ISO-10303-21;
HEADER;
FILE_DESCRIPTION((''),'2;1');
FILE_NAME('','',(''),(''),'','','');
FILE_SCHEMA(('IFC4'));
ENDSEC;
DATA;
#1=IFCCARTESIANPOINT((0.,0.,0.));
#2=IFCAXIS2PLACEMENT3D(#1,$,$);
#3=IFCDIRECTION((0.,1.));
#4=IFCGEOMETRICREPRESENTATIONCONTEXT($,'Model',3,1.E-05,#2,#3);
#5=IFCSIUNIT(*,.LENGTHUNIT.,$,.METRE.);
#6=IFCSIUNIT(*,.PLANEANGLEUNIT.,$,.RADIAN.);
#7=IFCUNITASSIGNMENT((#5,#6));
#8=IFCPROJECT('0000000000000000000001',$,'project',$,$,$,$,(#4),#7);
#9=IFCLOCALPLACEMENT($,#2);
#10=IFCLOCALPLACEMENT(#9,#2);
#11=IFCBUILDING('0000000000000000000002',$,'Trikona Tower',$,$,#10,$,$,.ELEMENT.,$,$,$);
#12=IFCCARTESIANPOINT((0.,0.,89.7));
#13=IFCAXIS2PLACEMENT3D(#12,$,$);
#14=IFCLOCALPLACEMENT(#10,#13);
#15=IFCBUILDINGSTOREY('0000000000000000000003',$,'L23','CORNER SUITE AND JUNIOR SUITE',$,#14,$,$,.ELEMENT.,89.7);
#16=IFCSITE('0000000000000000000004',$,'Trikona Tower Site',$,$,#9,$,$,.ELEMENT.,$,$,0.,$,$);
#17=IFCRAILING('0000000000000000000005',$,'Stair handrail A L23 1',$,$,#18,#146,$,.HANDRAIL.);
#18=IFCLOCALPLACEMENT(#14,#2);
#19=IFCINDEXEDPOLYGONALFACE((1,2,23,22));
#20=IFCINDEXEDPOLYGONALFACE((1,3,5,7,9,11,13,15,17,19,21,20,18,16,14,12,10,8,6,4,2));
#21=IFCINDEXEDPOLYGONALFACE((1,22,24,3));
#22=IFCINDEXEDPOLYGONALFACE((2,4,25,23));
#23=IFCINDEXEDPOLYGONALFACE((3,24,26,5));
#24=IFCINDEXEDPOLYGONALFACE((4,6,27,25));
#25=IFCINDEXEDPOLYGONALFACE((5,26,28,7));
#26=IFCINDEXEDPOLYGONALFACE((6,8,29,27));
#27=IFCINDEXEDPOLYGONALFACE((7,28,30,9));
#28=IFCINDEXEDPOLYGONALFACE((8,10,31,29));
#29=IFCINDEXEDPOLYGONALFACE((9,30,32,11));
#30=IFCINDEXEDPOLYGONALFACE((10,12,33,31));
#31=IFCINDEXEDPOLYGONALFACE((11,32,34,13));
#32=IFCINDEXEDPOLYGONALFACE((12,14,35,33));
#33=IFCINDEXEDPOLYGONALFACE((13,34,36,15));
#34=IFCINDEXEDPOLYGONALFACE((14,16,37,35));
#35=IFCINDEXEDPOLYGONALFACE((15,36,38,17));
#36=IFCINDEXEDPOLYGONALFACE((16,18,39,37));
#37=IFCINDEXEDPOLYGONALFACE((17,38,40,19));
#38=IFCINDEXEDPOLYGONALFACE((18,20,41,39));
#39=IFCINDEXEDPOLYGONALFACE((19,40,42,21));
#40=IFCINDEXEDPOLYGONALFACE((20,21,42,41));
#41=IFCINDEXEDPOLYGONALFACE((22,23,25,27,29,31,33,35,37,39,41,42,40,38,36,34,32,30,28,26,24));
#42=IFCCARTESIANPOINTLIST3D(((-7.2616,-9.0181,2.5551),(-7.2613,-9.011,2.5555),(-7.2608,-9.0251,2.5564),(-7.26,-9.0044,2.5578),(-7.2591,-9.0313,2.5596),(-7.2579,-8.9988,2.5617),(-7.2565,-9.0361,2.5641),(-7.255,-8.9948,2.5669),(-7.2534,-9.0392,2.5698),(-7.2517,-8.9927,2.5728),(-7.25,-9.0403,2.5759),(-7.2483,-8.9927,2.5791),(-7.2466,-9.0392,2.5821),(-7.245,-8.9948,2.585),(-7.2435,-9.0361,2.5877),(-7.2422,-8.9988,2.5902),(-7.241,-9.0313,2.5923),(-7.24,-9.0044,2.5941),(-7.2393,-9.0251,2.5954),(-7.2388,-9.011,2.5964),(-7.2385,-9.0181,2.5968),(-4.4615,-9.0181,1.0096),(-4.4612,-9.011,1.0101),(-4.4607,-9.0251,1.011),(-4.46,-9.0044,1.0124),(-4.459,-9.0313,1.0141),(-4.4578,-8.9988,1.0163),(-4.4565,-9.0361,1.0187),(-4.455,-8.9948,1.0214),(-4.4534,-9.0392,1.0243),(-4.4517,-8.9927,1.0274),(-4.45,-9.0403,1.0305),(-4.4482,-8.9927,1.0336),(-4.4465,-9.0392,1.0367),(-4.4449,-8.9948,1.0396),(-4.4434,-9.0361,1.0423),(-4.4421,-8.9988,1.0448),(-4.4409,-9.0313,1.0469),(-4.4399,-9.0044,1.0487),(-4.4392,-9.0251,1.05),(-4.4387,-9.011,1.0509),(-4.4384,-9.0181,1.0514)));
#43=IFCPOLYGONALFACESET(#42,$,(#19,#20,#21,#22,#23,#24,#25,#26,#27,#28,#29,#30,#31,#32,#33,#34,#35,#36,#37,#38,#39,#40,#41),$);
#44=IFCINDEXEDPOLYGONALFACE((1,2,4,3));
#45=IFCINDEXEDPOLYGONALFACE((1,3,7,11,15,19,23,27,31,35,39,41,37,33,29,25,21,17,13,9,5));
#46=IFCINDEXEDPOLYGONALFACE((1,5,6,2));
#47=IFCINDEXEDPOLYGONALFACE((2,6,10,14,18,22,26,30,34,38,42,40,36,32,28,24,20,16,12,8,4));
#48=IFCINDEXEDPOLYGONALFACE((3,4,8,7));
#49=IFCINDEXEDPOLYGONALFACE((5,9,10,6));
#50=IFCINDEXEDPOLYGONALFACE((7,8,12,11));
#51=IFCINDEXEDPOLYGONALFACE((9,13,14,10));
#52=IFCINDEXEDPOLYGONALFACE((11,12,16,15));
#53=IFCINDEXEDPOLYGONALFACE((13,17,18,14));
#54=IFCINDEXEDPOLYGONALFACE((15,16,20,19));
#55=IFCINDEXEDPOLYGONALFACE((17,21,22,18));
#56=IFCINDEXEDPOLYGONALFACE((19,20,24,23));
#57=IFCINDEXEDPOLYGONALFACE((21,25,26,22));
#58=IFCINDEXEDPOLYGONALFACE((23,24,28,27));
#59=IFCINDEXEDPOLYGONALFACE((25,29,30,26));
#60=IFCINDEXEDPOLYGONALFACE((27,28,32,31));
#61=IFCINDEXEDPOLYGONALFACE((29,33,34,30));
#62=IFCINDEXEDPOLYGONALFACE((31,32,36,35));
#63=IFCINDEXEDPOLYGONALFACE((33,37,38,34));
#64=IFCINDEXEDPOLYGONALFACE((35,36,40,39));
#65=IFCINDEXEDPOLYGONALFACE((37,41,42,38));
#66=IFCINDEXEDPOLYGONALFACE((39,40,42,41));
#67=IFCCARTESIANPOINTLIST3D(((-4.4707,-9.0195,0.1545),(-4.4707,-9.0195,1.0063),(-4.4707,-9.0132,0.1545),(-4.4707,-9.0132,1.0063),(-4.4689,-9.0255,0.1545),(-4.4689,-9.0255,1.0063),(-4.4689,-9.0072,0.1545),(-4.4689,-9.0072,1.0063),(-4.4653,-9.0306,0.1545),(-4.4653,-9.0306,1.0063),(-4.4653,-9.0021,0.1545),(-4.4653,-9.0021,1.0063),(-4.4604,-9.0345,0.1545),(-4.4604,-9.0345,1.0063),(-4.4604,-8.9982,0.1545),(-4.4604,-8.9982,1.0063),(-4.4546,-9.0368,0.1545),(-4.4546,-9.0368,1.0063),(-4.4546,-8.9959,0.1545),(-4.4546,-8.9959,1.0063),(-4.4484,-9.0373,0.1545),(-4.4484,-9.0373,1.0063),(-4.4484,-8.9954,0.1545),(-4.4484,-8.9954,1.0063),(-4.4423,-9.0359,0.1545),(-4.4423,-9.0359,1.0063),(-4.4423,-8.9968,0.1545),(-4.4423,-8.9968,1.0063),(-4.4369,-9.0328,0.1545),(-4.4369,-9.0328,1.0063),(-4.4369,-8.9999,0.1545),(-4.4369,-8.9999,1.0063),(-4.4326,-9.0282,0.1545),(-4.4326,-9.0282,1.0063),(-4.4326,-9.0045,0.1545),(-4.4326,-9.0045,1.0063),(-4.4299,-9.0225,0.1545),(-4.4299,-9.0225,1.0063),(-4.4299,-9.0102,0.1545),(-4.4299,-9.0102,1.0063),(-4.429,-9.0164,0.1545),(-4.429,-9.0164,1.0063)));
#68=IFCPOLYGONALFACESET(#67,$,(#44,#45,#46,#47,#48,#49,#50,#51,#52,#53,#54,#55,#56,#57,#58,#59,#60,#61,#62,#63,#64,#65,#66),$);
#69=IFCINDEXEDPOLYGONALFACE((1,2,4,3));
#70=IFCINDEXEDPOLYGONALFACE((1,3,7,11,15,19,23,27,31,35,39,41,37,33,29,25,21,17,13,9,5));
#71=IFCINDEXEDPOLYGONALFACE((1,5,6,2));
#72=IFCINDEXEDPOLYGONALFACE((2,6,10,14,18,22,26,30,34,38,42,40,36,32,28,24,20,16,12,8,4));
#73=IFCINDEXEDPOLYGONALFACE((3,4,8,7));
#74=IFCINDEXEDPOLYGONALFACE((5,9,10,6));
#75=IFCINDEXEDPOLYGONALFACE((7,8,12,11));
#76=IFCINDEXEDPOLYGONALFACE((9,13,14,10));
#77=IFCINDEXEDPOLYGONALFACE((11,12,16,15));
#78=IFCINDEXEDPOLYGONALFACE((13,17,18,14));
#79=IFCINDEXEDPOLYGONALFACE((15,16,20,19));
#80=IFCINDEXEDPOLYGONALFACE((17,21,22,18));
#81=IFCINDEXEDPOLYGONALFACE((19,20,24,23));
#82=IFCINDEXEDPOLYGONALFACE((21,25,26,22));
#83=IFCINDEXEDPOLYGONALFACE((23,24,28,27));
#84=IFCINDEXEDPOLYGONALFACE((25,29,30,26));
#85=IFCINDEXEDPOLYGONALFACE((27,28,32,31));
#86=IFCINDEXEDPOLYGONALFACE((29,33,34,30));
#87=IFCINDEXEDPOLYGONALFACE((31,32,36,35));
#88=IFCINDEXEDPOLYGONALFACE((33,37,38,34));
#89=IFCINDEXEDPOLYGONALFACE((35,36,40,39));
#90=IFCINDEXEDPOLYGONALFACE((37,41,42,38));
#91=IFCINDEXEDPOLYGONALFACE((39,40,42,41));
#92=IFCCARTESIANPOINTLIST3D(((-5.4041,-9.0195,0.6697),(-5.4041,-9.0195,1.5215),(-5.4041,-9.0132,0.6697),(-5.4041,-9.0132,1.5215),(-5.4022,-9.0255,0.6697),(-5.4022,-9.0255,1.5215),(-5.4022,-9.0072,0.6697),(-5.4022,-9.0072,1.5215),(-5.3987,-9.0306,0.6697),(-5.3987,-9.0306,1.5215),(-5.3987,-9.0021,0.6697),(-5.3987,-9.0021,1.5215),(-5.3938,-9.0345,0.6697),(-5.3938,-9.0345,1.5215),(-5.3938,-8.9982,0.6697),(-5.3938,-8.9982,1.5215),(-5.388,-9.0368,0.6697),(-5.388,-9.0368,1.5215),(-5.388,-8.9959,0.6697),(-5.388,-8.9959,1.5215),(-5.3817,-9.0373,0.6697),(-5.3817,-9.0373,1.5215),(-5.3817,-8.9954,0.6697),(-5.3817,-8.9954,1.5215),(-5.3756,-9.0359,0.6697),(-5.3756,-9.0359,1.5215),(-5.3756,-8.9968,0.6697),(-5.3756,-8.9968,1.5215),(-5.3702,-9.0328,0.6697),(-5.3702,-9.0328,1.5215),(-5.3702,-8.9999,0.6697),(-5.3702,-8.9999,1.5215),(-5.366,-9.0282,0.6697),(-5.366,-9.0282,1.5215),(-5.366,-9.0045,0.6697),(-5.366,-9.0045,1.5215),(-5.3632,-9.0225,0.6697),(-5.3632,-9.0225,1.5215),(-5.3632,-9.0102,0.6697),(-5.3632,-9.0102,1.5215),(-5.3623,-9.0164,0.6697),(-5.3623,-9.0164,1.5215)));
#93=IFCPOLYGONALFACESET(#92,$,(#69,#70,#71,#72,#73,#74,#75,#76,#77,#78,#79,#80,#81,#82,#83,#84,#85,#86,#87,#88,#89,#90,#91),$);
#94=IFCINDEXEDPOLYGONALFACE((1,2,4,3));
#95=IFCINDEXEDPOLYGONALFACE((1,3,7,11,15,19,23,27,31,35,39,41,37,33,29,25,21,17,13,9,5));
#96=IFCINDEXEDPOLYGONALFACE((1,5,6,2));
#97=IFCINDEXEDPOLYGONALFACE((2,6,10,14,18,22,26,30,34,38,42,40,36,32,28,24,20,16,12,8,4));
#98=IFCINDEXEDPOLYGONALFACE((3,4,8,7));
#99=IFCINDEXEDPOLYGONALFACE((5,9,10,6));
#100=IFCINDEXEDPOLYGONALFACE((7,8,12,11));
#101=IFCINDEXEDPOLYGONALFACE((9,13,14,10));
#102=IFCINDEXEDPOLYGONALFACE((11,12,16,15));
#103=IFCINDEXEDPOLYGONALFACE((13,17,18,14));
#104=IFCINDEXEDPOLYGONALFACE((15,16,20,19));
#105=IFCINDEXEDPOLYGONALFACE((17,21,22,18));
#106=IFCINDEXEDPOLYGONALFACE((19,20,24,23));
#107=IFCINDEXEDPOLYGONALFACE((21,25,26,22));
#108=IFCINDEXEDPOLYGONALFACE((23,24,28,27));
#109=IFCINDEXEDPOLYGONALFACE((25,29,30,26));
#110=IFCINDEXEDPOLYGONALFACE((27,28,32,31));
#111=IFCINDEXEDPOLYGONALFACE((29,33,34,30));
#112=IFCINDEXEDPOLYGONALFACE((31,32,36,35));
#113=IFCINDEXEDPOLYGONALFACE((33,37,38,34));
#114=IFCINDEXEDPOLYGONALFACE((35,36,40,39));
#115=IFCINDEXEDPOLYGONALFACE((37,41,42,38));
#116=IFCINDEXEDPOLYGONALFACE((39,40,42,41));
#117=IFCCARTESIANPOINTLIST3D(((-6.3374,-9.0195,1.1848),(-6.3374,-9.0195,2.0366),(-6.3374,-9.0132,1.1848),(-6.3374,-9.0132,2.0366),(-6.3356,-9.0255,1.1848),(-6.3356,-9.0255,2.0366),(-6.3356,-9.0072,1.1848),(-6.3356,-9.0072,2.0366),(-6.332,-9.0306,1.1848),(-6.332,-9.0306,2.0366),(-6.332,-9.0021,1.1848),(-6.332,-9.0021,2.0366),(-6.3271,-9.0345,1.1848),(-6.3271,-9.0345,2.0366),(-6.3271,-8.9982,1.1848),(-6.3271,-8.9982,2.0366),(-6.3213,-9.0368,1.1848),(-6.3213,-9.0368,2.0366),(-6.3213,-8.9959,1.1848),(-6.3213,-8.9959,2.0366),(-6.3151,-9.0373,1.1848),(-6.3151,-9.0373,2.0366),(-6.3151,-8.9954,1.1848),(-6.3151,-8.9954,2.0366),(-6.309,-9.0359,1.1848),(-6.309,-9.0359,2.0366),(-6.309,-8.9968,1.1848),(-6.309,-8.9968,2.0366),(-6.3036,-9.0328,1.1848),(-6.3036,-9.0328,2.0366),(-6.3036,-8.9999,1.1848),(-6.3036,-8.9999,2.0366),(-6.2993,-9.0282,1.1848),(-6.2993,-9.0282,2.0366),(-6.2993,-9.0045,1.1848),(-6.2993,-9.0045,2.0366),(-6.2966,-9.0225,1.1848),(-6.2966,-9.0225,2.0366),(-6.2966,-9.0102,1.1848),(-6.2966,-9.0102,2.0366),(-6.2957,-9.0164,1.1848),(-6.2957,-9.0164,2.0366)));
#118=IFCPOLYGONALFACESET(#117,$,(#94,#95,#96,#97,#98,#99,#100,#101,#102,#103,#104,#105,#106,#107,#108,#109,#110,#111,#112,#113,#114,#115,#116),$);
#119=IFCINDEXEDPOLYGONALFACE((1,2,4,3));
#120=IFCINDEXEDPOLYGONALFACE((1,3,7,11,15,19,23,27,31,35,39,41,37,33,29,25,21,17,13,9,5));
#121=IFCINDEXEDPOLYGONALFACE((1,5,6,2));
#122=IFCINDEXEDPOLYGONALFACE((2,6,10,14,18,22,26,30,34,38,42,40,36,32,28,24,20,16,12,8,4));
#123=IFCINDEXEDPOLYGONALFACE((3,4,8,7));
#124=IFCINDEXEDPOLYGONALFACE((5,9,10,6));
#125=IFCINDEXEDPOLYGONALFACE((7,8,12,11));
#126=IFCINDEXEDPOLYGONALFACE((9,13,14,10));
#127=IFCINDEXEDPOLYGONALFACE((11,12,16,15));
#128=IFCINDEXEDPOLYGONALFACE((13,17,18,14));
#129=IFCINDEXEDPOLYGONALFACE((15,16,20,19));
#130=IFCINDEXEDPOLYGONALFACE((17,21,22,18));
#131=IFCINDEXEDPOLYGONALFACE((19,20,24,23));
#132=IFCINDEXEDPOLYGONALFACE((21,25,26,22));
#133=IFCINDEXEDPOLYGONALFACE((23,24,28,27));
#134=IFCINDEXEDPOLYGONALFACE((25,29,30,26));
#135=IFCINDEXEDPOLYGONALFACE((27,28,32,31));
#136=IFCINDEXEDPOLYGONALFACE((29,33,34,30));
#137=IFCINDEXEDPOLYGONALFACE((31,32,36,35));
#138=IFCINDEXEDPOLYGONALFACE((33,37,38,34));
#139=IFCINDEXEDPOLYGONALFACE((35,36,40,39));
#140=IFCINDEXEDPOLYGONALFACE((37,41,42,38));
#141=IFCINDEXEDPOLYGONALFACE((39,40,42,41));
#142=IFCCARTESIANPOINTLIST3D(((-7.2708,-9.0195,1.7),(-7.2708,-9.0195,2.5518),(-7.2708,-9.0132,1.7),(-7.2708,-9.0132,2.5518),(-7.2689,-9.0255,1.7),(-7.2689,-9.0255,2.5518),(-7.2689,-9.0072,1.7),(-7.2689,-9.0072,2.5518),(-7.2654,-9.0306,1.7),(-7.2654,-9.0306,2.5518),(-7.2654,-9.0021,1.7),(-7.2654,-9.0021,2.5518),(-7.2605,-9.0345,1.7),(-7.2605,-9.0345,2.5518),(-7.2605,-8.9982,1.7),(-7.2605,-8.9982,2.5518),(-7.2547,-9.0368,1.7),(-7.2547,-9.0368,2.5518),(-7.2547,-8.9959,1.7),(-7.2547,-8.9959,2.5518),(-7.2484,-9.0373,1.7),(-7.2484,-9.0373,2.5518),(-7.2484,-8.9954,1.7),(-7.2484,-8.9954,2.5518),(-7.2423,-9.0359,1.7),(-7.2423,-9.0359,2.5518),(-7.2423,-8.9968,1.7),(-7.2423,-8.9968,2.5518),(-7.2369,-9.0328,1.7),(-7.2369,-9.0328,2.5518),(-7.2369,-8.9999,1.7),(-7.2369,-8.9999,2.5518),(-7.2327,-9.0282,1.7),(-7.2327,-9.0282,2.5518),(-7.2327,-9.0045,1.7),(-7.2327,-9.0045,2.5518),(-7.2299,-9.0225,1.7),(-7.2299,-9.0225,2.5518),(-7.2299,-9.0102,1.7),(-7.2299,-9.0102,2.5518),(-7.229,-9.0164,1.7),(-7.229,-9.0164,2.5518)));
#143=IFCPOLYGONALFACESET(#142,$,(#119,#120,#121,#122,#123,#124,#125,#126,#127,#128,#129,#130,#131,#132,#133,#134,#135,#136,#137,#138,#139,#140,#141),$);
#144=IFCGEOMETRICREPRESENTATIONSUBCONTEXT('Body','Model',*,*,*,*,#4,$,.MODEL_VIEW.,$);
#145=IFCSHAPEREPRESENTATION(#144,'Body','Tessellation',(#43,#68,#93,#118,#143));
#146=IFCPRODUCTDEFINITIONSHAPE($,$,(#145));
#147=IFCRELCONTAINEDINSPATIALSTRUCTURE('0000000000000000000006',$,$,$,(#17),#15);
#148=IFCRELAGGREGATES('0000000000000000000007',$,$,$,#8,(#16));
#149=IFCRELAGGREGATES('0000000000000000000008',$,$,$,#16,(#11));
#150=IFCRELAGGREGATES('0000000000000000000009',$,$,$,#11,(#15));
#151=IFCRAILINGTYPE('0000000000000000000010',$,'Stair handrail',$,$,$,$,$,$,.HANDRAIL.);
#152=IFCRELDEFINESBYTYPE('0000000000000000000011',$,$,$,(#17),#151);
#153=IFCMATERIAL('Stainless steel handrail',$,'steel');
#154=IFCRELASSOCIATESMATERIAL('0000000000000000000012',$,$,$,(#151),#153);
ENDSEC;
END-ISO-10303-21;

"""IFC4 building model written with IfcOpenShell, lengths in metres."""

from ifc_helpers import new_model, si_unit, direction, frame, origin, origin_2d, place, context, subcontext, project, spatial, circle, extrude, material, type_object, element, save


model = new_model("IFC4")

# Units and contexts
model_context = context("Model", 3, precision=1e-05, world=origin(), true_north=direction((0.0, 1.0)))
body_context = subcontext(model_context, "Body", "Model", "MODEL_VIEW")
ifc_project = project(units=[si_unit("LENGTHUNIT", "METRE"), si_unit("PLANEANGLEUNIT", "RADIAN")], contexts=[model_context])

# Site, building, storey
site_placement = place(None, origin())
site = spatial("IfcSite", under=ifc_project, at=site_placement, Name="Trikona Tower Site", CompositionType="ELEMENT", RefElevation=0.0)
building_placement = place(site_placement, origin())
building = spatial("IfcBuilding", under=site, at=building_placement, Name="Trikona Tower", CompositionType="ELEMENT")
storey_placement = place(building_placement, frame((0.0, 0.0, 89.7)))
storey = spatial("IfcBuildingStorey", under=building, at=storey_placement, Name="L23", Description="CORNER SUITE AND JUNIOR SUITE", CompositionType="ELEMENT", Elevation=89.7)

# Railing
ifc_material_1 = material(Name="Stainless steel handrail", Category="steel")
railing_type = type_object("IfcRailingType", Name="Stair handrail", PredefinedType="HANDRAIL", material=ifc_material_1)
railing_1_placement = place(storey_placement, frame((-4.45, -9.0164, 0.1545)))
element("IfcRailing", 1, at=railing_1_placement, inside=storey, type_object=railing_type, Name="Stair handrail A L23 1", PredefinedType="HANDRAIL", context=body_context, shape_type="SweptSolid", body=[
    extrude(circle(Radius=0.0239, at=origin_2d()), frame((0.0, 0.0, 0.876), z_axis=(-0.875504, 0.0, 0.483211), x_axis=(0.0, -1.0, 0.0)), (0.0, 0.0, 1.0), 3.1982),
    extrude(circle(Radius=0.021, at=origin_2d()), origin(), (0.0, 0.0, 1.0), 0.8518),
    extrude(circle(Radius=0.021, at=origin_2d()), frame((-0.9333, 0.0, 0.5151)), (0.0, 0.0, 1.0), 0.8518),
    extrude(circle(Radius=0.021, at=origin_2d()), frame((-1.8667, 0.0, 1.0303)), (0.0, 0.0, 1.0), 0.8518),
    extrude(circle(Radius=0.021, at=origin_2d()), frame((-2.8, 0.0, 1.5454)), (0.0, 0.0, 1.0), 0.8518),
])

save(model, "model.ifc")
